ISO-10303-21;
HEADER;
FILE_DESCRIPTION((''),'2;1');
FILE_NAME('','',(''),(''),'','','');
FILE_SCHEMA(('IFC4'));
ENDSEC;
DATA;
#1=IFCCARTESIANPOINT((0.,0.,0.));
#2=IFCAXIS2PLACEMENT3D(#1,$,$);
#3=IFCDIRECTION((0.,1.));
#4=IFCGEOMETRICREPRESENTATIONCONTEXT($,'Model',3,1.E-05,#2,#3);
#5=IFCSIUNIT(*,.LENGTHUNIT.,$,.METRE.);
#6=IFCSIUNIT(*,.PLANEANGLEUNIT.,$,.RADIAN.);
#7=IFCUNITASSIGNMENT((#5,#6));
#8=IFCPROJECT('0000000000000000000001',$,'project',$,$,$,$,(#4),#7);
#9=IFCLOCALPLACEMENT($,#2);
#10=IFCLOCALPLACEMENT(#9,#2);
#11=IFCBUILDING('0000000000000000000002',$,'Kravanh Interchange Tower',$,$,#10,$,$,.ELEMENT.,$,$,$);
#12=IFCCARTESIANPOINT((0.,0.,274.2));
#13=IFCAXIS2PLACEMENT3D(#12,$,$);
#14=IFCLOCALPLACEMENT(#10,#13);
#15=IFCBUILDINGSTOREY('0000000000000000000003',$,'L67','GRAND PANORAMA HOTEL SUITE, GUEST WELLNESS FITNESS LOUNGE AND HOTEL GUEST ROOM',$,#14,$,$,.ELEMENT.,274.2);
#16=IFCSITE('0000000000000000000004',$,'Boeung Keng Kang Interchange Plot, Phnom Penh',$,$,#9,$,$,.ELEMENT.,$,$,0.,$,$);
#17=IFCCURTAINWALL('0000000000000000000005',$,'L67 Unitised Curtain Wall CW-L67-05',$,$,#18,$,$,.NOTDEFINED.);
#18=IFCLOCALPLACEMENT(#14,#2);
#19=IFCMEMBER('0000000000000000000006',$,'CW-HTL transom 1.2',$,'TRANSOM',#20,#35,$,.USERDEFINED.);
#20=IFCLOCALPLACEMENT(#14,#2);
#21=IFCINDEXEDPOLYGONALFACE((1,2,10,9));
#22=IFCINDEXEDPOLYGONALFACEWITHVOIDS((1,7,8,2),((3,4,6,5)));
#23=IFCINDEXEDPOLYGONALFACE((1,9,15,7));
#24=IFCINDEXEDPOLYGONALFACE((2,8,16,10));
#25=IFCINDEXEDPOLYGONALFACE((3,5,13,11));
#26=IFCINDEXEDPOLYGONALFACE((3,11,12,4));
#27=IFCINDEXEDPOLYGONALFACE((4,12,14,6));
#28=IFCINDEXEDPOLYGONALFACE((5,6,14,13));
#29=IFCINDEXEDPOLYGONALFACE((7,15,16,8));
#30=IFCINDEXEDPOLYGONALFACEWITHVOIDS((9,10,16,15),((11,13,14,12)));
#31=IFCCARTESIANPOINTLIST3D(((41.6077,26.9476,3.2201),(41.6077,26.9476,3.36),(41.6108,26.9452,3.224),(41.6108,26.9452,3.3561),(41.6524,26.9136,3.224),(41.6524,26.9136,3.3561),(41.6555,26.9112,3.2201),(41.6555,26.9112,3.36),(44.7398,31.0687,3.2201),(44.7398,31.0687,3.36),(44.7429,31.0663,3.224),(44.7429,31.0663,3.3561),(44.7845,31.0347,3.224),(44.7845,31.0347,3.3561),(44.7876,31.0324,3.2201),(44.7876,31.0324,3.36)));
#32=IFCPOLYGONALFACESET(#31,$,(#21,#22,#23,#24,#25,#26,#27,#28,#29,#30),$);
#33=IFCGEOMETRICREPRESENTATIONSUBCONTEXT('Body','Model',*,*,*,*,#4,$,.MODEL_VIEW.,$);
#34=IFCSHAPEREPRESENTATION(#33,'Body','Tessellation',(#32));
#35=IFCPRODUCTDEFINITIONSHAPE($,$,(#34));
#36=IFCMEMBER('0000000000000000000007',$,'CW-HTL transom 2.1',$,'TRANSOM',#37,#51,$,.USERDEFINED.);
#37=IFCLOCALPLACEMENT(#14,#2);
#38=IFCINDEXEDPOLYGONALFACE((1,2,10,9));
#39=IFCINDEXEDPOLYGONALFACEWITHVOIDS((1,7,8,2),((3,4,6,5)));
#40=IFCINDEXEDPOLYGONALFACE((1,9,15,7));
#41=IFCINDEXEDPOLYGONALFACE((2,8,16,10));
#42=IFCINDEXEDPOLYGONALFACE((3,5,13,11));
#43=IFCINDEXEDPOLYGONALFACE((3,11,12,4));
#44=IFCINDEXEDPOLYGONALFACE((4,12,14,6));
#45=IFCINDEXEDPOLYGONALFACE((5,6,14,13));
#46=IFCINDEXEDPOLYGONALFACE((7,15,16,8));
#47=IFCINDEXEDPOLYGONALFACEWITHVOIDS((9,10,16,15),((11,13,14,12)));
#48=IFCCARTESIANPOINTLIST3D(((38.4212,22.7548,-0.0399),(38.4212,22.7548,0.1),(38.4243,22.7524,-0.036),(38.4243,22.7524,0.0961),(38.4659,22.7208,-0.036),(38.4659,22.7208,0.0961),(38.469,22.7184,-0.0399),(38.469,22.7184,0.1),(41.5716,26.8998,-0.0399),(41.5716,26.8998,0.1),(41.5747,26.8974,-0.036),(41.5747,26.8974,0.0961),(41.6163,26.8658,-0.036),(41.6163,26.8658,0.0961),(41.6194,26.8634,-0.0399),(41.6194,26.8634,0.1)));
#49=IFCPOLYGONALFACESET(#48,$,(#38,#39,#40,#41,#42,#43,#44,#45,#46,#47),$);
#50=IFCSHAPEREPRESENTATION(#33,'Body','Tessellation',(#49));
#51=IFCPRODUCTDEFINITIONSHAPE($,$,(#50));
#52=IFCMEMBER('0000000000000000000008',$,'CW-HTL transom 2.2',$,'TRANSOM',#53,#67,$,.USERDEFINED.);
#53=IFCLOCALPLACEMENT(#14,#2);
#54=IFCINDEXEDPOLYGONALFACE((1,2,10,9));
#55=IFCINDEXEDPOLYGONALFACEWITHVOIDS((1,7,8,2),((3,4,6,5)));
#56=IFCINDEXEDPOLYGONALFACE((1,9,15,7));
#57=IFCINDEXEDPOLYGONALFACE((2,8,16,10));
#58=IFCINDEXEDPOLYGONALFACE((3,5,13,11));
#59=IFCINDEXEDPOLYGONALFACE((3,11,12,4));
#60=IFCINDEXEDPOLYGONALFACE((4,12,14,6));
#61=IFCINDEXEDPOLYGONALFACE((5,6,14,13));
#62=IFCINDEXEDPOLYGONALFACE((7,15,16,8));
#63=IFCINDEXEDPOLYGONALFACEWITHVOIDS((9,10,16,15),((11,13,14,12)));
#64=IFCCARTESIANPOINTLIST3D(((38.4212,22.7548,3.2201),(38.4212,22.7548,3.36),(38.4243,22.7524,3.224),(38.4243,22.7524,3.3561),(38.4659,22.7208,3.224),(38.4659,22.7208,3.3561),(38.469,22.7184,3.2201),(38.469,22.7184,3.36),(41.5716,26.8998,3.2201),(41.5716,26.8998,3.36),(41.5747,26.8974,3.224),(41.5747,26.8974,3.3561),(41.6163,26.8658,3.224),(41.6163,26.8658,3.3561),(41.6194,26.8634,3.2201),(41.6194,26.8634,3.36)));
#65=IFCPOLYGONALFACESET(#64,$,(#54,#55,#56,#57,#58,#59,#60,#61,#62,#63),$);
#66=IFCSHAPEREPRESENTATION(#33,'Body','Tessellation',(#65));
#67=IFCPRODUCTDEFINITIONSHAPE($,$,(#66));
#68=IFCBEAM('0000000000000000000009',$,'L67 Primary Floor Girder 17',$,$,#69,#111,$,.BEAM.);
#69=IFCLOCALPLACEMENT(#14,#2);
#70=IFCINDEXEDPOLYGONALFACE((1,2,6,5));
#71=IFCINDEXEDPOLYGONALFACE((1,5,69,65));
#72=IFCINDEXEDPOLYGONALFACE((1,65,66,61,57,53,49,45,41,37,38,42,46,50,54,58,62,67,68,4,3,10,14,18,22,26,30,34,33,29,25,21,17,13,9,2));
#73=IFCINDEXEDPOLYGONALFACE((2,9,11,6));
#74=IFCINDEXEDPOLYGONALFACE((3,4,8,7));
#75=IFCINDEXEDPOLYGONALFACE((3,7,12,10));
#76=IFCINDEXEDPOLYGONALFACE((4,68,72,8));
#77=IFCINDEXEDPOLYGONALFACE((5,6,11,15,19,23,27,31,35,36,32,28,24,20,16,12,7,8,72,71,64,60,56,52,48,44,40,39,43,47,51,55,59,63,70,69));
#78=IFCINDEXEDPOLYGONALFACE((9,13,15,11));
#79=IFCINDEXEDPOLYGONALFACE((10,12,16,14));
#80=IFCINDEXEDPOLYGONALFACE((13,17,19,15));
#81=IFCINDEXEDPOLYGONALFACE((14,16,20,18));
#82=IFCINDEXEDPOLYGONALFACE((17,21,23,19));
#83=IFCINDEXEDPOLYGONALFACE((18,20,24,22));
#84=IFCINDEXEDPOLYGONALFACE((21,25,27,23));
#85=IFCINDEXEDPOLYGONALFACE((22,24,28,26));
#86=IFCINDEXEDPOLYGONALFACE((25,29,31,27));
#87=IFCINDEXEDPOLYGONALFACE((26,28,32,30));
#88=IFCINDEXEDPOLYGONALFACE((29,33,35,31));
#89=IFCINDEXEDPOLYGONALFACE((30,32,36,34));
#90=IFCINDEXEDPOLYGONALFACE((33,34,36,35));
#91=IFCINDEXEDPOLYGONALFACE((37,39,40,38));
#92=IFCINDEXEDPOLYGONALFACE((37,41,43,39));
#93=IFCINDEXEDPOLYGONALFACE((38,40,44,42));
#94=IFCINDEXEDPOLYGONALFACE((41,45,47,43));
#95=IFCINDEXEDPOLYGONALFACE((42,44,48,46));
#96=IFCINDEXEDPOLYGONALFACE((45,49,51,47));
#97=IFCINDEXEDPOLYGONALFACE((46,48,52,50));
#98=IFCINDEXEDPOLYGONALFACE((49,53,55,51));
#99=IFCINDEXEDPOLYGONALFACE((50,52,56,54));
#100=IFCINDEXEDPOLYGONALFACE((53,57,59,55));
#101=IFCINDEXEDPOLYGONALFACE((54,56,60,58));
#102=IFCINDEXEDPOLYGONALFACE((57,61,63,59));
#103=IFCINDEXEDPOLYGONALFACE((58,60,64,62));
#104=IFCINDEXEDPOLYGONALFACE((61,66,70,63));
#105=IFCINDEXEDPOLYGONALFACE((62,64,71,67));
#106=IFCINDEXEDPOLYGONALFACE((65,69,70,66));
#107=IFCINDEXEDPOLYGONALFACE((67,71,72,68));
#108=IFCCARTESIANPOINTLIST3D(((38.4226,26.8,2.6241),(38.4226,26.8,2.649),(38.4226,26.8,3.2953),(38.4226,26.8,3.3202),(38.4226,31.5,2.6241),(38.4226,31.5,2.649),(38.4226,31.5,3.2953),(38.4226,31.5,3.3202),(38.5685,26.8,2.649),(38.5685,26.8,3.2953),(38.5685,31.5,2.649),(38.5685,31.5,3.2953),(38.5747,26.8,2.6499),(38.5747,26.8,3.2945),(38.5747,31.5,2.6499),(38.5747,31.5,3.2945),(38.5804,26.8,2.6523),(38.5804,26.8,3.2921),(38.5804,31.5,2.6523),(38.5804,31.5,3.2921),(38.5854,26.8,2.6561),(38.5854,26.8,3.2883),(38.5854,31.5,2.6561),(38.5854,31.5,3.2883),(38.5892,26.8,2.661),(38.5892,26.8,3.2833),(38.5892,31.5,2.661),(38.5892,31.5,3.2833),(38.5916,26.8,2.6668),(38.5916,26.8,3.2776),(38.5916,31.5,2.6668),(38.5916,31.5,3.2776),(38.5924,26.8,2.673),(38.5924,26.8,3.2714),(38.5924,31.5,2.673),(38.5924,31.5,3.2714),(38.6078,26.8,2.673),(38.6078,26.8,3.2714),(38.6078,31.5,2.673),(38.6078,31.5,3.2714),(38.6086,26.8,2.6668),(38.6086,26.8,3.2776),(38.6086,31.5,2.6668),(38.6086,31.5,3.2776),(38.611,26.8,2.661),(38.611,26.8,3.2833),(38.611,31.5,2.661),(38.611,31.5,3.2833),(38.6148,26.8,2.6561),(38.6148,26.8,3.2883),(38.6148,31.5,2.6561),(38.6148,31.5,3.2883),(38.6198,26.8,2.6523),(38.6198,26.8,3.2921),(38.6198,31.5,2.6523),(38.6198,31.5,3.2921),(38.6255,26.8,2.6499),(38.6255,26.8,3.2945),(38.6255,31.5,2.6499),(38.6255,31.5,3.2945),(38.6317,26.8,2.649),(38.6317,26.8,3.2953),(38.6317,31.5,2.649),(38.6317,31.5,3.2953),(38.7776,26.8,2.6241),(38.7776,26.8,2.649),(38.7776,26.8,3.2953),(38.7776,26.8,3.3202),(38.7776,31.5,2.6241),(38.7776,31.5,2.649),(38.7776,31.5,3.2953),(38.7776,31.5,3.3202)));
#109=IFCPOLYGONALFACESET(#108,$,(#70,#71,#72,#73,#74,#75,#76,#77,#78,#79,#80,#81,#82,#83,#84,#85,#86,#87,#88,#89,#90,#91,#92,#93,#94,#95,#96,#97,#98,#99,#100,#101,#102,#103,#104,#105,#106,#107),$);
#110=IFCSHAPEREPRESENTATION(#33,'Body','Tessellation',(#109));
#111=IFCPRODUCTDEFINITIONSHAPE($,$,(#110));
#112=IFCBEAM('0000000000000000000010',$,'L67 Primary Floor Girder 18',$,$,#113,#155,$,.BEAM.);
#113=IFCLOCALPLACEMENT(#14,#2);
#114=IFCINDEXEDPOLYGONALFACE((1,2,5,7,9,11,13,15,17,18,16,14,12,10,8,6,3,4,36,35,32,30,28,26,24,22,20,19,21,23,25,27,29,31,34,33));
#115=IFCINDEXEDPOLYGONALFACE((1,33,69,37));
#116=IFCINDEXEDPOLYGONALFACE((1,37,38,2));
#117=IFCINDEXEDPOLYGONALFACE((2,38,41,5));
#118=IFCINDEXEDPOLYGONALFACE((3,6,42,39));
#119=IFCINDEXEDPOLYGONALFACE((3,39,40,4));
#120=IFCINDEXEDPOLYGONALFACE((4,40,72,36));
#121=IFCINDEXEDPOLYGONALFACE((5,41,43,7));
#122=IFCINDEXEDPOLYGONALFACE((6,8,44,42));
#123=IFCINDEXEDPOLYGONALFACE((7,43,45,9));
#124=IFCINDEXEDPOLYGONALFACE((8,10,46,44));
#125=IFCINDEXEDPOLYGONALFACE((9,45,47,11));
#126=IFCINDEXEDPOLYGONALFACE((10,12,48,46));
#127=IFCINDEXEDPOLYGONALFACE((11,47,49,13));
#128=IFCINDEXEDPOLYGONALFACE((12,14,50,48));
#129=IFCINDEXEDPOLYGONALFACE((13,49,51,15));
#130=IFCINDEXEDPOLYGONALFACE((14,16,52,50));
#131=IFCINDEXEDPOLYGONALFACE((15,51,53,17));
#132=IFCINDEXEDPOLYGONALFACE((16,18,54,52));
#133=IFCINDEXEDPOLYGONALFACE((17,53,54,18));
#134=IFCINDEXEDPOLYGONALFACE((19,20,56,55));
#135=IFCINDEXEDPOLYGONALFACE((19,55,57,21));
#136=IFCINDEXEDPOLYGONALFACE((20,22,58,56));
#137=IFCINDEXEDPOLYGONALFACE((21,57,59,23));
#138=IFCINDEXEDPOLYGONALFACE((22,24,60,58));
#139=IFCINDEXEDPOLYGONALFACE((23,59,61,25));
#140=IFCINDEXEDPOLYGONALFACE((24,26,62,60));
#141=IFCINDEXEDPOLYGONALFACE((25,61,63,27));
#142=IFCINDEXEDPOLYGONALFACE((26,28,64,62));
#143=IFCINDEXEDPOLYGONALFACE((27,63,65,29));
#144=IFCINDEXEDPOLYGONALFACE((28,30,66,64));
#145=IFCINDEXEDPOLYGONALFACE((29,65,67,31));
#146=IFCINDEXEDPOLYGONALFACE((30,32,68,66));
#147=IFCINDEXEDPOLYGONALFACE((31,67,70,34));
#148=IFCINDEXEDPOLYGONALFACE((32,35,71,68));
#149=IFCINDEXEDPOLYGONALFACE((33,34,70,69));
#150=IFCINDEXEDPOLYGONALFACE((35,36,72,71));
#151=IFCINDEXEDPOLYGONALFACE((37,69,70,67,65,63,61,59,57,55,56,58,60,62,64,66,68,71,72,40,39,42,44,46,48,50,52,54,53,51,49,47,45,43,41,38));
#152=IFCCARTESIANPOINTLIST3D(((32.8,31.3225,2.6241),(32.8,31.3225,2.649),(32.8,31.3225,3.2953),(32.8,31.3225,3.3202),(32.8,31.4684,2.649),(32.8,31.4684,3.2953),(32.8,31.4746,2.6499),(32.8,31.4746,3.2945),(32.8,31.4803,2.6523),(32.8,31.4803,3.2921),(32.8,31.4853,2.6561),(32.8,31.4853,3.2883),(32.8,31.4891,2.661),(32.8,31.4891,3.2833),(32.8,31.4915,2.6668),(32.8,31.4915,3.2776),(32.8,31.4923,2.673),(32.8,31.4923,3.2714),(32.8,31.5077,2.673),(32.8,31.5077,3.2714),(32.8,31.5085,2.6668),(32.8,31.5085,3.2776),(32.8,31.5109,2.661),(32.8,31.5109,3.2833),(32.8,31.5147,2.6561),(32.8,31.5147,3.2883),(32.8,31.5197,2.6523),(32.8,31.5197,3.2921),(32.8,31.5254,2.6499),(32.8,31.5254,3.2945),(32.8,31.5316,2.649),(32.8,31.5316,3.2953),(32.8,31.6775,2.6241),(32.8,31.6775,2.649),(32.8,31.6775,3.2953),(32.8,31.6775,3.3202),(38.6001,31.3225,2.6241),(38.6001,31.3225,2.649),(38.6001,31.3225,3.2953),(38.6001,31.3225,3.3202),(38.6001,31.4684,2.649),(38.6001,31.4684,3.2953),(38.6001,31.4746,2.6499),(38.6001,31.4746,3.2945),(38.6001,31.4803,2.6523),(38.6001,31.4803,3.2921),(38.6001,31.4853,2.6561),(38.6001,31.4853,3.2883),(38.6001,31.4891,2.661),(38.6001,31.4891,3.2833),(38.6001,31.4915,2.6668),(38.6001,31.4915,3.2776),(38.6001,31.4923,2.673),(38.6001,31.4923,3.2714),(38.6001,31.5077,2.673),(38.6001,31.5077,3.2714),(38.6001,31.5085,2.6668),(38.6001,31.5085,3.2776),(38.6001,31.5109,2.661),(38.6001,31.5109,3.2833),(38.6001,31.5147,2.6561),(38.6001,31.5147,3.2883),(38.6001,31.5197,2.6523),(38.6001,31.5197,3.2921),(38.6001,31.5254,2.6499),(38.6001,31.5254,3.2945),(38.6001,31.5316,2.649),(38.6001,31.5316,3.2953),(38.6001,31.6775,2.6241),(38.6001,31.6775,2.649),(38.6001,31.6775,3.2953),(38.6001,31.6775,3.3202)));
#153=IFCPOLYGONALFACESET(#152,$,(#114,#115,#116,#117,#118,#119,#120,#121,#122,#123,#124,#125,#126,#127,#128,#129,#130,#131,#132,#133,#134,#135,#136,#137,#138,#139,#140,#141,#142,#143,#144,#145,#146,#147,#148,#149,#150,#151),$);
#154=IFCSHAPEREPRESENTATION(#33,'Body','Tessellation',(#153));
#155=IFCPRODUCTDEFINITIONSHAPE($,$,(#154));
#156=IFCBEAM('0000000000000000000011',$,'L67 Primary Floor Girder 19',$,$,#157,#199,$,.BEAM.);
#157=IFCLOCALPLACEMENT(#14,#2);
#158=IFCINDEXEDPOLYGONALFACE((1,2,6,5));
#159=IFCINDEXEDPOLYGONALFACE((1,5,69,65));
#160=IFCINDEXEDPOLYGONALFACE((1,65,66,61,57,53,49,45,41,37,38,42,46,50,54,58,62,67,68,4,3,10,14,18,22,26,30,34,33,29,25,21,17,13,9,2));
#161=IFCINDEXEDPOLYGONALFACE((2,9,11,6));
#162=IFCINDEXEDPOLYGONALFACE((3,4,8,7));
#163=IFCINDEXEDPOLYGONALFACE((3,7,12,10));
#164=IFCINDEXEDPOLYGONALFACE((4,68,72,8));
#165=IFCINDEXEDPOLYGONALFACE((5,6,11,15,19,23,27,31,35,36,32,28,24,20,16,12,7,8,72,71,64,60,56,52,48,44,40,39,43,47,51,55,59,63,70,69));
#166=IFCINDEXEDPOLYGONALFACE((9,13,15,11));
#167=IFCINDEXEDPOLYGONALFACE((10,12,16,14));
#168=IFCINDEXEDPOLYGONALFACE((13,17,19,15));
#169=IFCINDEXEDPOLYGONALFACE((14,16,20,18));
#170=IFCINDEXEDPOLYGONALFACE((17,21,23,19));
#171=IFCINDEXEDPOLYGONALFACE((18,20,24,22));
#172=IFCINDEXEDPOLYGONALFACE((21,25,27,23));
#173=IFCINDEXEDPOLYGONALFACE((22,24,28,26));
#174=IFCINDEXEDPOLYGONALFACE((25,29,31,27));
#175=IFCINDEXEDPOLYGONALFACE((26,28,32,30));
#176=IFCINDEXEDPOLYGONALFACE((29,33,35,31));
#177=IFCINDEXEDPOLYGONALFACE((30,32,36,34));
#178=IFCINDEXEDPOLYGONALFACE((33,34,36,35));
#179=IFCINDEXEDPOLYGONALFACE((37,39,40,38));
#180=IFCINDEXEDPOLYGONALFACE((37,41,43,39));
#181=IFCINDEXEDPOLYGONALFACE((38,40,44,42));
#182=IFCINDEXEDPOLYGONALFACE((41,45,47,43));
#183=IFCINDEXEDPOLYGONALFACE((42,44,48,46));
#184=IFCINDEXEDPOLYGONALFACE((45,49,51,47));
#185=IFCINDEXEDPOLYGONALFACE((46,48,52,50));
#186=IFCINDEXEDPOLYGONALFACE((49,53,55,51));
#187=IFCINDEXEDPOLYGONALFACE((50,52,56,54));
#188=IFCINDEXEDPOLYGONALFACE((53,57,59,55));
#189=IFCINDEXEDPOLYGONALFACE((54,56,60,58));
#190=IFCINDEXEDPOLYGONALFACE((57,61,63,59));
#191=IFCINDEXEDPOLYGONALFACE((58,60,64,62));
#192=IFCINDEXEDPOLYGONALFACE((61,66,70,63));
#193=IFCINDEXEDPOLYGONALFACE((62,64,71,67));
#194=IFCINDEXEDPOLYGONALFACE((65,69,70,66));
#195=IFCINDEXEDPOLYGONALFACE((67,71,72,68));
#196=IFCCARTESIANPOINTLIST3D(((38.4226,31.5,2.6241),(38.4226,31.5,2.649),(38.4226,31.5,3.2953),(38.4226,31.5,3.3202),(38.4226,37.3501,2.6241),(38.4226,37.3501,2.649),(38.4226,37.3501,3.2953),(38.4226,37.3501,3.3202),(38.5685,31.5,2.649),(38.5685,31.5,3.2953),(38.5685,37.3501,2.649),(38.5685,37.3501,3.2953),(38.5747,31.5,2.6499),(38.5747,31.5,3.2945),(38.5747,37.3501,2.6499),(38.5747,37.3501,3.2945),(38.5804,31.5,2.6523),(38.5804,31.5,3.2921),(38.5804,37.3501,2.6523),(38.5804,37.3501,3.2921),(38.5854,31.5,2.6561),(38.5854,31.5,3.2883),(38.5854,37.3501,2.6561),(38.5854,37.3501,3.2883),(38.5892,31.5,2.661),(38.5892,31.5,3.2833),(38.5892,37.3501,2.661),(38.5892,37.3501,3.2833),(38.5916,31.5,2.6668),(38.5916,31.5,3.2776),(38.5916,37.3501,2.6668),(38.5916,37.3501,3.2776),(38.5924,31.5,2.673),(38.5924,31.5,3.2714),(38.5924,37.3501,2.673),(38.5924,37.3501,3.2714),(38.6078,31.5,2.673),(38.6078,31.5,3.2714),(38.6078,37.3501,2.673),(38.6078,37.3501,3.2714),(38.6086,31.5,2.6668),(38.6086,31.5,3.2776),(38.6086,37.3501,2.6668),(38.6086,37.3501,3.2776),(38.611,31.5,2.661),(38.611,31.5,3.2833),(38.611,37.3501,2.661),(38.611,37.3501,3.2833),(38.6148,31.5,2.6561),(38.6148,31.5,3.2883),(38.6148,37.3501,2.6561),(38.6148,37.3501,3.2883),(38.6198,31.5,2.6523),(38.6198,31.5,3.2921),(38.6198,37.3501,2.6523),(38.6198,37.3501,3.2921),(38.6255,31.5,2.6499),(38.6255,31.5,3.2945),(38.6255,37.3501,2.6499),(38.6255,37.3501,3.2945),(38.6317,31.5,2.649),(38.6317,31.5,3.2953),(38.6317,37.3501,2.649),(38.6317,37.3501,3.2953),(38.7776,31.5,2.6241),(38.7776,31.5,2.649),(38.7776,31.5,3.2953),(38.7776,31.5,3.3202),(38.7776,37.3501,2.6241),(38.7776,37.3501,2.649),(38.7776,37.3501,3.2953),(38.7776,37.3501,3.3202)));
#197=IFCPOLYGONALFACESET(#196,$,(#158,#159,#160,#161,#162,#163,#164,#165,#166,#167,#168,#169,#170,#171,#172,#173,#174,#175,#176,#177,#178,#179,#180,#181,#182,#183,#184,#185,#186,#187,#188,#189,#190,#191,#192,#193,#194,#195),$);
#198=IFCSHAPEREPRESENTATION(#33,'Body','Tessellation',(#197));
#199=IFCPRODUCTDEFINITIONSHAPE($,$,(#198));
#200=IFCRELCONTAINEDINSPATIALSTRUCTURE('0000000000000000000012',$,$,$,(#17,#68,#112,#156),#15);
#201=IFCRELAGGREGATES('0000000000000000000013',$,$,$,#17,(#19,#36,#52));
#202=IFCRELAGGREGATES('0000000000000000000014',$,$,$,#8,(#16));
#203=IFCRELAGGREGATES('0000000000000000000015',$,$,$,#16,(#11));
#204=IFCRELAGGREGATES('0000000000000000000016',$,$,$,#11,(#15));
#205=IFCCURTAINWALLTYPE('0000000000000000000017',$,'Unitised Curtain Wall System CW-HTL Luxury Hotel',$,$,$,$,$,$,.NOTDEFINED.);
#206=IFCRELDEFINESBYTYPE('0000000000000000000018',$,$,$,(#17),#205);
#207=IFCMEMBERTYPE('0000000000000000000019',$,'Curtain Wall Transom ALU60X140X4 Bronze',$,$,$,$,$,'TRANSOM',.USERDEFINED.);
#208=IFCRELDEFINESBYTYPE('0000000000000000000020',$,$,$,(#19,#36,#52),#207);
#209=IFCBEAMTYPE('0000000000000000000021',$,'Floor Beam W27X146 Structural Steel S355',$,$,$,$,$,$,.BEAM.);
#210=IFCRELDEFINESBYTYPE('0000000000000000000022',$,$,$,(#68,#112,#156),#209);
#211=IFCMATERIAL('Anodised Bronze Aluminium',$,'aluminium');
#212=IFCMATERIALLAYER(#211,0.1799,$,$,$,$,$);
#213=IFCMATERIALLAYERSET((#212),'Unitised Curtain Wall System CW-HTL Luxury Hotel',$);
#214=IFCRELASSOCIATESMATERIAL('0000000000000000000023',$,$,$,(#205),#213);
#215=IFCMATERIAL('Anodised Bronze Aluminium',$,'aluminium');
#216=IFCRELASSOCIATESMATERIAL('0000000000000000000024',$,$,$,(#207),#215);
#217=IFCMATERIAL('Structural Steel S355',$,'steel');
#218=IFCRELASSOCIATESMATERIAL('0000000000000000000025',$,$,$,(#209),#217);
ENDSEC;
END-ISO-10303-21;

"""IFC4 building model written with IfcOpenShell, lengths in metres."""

from ifc_helpers import new_model, si_unit, direction, frame, origin, origin_2d, place, context, subcontext, project, spatial, hollow_rectangle, i_section, extrude, material, layer, layer_set, material_profile, profile_set, type_object, element, aggregate, save


model = new_model("IFC4")

# Units and contexts
model_context = context("Model", 3, precision=1e-05, world=origin(), true_north=direction((0.0, 1.0)))
body_context = subcontext(model_context, "Body", "Model", "MODEL_VIEW")
ifc_project = project(units=[si_unit("LENGTHUNIT", "METRE"), si_unit("PLANEANGLEUNIT", "RADIAN")], contexts=[model_context])

# Site, building, storey
site_placement = place(None, origin())
site = spatial("IfcSite", under=ifc_project, at=site_placement, Name="Boeung Keng Kang Interchange Plot, Phnom Penh", CompositionType="ELEMENT", RefElevation=0.0)
building_placement = place(site_placement, origin())
building = spatial("IfcBuilding", under=site, at=building_placement, Name="Kravanh Interchange Tower", CompositionType="ELEMENT")
storey_placement = place(building_placement, frame((0.0, 0.0, 274.2)))
storey = spatial("IfcBuildingStorey", under=building, at=storey_placement, Name="L67", Description="GRAND PANORAMA HOTEL SUITE, GUEST WELLNESS FITNESS LOUNGE AND HOTEL GUEST ROOM", CompositionType="ELEMENT", Elevation=274.2)

# Curtain wall
ifc_material_1 = material(Name="Anodised Bronze Aluminium", Category="aluminium")
ifc_layer_1 = layer(ifc_material_1, 0.1799)
ifc_layer_set_1 = layer_set([ifc_layer_1], Name="Unitised Curtain Wall System CW-HTL Luxury Hotel")
curtain_wall_type = type_object("IfcCurtainWallType", Name="Unitised Curtain Wall System CW-HTL Luxury Hotel", PredefinedType="NOTDEFINED", material=ifc_layer_set_1)
curtain_wall_1_placement = place(storey_placement, origin())
curtain_wall_1 = element("IfcCurtainWall", 1, at=curtain_wall_1_placement, inside=storey, type_object=curtain_wall_type, Name="L67 Unitised Curtain Wall CW-L67-05", PredefinedType="NOTDEFINED")

# Members
ifc_material_2 = material(Name="Anodised Bronze Aluminium", Category="aluminium")
ifc_material_profile_1 = material_profile(ifc_material_2, hollow_rectangle(XDim=0.0601, YDim=0.1399, WallThickness=0.0039, at=origin_2d()), Name="ALU60X140X4")
ifc_profile_set_1 = profile_set([ifc_material_profile_1], Name="Anodised Bronze Aluminium")
member_type_1 = type_object("IfcMemberType", Name="Curtain Wall Transom ALU60X140X4 Bronze", ElementType="TRANSOM", PredefinedType="USERDEFINED", material=ifc_profile_set_1)
member_1_placement = place(storey_placement, frame((44.7637, 31.0505, 3.29), z_axis=(-0.605089, -0.796158, 0.0), x_axis=(0.796158, -0.605089, 0.0)))
member_1 = element("IfcMember", 2, at=member_1_placement, type_object=member_type_1, Name="CW-HTL transom 1.2", ObjectType="TRANSOM", PredefinedType="USERDEFINED", context=body_context, shape_type="SweptSolid", body=[
    extrude(hollow_rectangle(XDim=0.0601, YDim=0.1399, WallThickness=0.0039, at=origin_2d()), origin(), (0.0, 0.0, 1.0), 5.1763),
])
member_2_placement = place(storey_placement, frame((41.5955, 26.8816, 0.03), z_axis=(-0.605105, -0.796146, 0.0), x_axis=(0.796146, -0.605105, 0.0)))
member_2 = element("IfcMember", 3, at=member_2_placement, type_object=member_type_1, Name="CW-HTL transom 2.1", ObjectType="TRANSOM", PredefinedType="USERDEFINED", context=body_context, shape_type="SweptSolid", body=[
    extrude(hollow_rectangle(XDim=0.0601, YDim=0.1399, WallThickness=0.0039, at=origin_2d()), origin(), (0.0, 0.0, 1.0), 5.2063),
])
member_3_placement = place(storey_placement, frame((41.5955, 26.8816, 3.29), z_axis=(-0.605105, -0.796146, 0.0), x_axis=(0.796146, -0.605105, 0.0)))
member_3 = element("IfcMember", 4, at=member_3_placement, type_object=member_type_1, Name="CW-HTL transom 2.2", ObjectType="TRANSOM", PredefinedType="USERDEFINED", context=body_context, shape_type="SweptSolid", body=[
    extrude(hollow_rectangle(XDim=0.0601, YDim=0.1399, WallThickness=0.0039, at=origin_2d()), origin(), (0.0, 0.0, 1.0), 5.2063),
])

# Beams
ifc_material_3 = material(Name="Structural Steel S355", Category="steel")
ifc_material_profile_2 = material_profile(ifc_material_3, i_section(OverallWidth=0.355, OverallDepth=0.696, WebThickness=0.0154, FlangeThickness=0.0249, FilletRadius=0.0239, at=origin_2d()), Name="W27X146")
ifc_profile_set_2 = profile_set([ifc_material_profile_2], Name="Structural Steel S355")
beam_type_1 = type_object("IfcBeamType", Name="Floor Beam W27X146 Structural Steel S355", PredefinedType="BEAM", material=ifc_profile_set_2)
beam_1_placement = place(storey_placement, frame((38.6001, 31.5, 2.9722), z_axis=(0.0, -1.0, 0.0), x_axis=(1.0, 0.0, 0.0)))
element("IfcBeam", 5, at=beam_1_placement, inside=storey, type_object=beam_type_1, Name="L67 Primary Floor Girder 17", PredefinedType="BEAM", context=body_context, shape_type="SweptSolid", body=[
    extrude(i_section(OverallWidth=0.355, OverallDepth=0.696, WebThickness=0.0154, FlangeThickness=0.0249, FilletRadius=0.0239, at=origin_2d()), origin(), (0.0, 0.0, 1.0), 4.7),
])
beam_2_placement = place(storey_placement, frame((38.6001, 31.5, 2.9722), z_axis=(-1.0, 0.0, 0.0), x_axis=(0.0, -1.0, 0.0)))
element("IfcBeam", 6, at=beam_2_placement, inside=storey, type_object=beam_type_1, Name="L67 Primary Floor Girder 18", PredefinedType="BEAM", context=body_context, shape_type="SweptSolid", body=[
    extrude(i_section(OverallWidth=0.355, OverallDepth=0.696, WebThickness=0.0154, FlangeThickness=0.0249, FilletRadius=0.0239, at=origin_2d()), origin(), (0.0, 0.0, 1.0), 5.8),
])
beam_3_placement = place(storey_placement, frame((38.6001, 31.5, 2.9722), z_axis=(0.0, 1.0, 0.0), x_axis=(-1.0, 0.0, 0.0)))
element("IfcBeam", 7, at=beam_3_placement, inside=storey, type_object=beam_type_1, Name="L67 Primary Floor Girder 19", PredefinedType="BEAM", context=body_context, shape_type="SweptSolid", body=[
    extrude(i_section(OverallWidth=0.355, OverallDepth=0.696, WebThickness=0.0154, FlangeThickness=0.0249, FilletRadius=0.0239, at=origin_2d()), origin(), (0.0, 0.0, 1.0), 5.8501),
])

aggregate(curtain_wall_1, [member_1, member_2, member_3])

save(model, "model.ifc")
